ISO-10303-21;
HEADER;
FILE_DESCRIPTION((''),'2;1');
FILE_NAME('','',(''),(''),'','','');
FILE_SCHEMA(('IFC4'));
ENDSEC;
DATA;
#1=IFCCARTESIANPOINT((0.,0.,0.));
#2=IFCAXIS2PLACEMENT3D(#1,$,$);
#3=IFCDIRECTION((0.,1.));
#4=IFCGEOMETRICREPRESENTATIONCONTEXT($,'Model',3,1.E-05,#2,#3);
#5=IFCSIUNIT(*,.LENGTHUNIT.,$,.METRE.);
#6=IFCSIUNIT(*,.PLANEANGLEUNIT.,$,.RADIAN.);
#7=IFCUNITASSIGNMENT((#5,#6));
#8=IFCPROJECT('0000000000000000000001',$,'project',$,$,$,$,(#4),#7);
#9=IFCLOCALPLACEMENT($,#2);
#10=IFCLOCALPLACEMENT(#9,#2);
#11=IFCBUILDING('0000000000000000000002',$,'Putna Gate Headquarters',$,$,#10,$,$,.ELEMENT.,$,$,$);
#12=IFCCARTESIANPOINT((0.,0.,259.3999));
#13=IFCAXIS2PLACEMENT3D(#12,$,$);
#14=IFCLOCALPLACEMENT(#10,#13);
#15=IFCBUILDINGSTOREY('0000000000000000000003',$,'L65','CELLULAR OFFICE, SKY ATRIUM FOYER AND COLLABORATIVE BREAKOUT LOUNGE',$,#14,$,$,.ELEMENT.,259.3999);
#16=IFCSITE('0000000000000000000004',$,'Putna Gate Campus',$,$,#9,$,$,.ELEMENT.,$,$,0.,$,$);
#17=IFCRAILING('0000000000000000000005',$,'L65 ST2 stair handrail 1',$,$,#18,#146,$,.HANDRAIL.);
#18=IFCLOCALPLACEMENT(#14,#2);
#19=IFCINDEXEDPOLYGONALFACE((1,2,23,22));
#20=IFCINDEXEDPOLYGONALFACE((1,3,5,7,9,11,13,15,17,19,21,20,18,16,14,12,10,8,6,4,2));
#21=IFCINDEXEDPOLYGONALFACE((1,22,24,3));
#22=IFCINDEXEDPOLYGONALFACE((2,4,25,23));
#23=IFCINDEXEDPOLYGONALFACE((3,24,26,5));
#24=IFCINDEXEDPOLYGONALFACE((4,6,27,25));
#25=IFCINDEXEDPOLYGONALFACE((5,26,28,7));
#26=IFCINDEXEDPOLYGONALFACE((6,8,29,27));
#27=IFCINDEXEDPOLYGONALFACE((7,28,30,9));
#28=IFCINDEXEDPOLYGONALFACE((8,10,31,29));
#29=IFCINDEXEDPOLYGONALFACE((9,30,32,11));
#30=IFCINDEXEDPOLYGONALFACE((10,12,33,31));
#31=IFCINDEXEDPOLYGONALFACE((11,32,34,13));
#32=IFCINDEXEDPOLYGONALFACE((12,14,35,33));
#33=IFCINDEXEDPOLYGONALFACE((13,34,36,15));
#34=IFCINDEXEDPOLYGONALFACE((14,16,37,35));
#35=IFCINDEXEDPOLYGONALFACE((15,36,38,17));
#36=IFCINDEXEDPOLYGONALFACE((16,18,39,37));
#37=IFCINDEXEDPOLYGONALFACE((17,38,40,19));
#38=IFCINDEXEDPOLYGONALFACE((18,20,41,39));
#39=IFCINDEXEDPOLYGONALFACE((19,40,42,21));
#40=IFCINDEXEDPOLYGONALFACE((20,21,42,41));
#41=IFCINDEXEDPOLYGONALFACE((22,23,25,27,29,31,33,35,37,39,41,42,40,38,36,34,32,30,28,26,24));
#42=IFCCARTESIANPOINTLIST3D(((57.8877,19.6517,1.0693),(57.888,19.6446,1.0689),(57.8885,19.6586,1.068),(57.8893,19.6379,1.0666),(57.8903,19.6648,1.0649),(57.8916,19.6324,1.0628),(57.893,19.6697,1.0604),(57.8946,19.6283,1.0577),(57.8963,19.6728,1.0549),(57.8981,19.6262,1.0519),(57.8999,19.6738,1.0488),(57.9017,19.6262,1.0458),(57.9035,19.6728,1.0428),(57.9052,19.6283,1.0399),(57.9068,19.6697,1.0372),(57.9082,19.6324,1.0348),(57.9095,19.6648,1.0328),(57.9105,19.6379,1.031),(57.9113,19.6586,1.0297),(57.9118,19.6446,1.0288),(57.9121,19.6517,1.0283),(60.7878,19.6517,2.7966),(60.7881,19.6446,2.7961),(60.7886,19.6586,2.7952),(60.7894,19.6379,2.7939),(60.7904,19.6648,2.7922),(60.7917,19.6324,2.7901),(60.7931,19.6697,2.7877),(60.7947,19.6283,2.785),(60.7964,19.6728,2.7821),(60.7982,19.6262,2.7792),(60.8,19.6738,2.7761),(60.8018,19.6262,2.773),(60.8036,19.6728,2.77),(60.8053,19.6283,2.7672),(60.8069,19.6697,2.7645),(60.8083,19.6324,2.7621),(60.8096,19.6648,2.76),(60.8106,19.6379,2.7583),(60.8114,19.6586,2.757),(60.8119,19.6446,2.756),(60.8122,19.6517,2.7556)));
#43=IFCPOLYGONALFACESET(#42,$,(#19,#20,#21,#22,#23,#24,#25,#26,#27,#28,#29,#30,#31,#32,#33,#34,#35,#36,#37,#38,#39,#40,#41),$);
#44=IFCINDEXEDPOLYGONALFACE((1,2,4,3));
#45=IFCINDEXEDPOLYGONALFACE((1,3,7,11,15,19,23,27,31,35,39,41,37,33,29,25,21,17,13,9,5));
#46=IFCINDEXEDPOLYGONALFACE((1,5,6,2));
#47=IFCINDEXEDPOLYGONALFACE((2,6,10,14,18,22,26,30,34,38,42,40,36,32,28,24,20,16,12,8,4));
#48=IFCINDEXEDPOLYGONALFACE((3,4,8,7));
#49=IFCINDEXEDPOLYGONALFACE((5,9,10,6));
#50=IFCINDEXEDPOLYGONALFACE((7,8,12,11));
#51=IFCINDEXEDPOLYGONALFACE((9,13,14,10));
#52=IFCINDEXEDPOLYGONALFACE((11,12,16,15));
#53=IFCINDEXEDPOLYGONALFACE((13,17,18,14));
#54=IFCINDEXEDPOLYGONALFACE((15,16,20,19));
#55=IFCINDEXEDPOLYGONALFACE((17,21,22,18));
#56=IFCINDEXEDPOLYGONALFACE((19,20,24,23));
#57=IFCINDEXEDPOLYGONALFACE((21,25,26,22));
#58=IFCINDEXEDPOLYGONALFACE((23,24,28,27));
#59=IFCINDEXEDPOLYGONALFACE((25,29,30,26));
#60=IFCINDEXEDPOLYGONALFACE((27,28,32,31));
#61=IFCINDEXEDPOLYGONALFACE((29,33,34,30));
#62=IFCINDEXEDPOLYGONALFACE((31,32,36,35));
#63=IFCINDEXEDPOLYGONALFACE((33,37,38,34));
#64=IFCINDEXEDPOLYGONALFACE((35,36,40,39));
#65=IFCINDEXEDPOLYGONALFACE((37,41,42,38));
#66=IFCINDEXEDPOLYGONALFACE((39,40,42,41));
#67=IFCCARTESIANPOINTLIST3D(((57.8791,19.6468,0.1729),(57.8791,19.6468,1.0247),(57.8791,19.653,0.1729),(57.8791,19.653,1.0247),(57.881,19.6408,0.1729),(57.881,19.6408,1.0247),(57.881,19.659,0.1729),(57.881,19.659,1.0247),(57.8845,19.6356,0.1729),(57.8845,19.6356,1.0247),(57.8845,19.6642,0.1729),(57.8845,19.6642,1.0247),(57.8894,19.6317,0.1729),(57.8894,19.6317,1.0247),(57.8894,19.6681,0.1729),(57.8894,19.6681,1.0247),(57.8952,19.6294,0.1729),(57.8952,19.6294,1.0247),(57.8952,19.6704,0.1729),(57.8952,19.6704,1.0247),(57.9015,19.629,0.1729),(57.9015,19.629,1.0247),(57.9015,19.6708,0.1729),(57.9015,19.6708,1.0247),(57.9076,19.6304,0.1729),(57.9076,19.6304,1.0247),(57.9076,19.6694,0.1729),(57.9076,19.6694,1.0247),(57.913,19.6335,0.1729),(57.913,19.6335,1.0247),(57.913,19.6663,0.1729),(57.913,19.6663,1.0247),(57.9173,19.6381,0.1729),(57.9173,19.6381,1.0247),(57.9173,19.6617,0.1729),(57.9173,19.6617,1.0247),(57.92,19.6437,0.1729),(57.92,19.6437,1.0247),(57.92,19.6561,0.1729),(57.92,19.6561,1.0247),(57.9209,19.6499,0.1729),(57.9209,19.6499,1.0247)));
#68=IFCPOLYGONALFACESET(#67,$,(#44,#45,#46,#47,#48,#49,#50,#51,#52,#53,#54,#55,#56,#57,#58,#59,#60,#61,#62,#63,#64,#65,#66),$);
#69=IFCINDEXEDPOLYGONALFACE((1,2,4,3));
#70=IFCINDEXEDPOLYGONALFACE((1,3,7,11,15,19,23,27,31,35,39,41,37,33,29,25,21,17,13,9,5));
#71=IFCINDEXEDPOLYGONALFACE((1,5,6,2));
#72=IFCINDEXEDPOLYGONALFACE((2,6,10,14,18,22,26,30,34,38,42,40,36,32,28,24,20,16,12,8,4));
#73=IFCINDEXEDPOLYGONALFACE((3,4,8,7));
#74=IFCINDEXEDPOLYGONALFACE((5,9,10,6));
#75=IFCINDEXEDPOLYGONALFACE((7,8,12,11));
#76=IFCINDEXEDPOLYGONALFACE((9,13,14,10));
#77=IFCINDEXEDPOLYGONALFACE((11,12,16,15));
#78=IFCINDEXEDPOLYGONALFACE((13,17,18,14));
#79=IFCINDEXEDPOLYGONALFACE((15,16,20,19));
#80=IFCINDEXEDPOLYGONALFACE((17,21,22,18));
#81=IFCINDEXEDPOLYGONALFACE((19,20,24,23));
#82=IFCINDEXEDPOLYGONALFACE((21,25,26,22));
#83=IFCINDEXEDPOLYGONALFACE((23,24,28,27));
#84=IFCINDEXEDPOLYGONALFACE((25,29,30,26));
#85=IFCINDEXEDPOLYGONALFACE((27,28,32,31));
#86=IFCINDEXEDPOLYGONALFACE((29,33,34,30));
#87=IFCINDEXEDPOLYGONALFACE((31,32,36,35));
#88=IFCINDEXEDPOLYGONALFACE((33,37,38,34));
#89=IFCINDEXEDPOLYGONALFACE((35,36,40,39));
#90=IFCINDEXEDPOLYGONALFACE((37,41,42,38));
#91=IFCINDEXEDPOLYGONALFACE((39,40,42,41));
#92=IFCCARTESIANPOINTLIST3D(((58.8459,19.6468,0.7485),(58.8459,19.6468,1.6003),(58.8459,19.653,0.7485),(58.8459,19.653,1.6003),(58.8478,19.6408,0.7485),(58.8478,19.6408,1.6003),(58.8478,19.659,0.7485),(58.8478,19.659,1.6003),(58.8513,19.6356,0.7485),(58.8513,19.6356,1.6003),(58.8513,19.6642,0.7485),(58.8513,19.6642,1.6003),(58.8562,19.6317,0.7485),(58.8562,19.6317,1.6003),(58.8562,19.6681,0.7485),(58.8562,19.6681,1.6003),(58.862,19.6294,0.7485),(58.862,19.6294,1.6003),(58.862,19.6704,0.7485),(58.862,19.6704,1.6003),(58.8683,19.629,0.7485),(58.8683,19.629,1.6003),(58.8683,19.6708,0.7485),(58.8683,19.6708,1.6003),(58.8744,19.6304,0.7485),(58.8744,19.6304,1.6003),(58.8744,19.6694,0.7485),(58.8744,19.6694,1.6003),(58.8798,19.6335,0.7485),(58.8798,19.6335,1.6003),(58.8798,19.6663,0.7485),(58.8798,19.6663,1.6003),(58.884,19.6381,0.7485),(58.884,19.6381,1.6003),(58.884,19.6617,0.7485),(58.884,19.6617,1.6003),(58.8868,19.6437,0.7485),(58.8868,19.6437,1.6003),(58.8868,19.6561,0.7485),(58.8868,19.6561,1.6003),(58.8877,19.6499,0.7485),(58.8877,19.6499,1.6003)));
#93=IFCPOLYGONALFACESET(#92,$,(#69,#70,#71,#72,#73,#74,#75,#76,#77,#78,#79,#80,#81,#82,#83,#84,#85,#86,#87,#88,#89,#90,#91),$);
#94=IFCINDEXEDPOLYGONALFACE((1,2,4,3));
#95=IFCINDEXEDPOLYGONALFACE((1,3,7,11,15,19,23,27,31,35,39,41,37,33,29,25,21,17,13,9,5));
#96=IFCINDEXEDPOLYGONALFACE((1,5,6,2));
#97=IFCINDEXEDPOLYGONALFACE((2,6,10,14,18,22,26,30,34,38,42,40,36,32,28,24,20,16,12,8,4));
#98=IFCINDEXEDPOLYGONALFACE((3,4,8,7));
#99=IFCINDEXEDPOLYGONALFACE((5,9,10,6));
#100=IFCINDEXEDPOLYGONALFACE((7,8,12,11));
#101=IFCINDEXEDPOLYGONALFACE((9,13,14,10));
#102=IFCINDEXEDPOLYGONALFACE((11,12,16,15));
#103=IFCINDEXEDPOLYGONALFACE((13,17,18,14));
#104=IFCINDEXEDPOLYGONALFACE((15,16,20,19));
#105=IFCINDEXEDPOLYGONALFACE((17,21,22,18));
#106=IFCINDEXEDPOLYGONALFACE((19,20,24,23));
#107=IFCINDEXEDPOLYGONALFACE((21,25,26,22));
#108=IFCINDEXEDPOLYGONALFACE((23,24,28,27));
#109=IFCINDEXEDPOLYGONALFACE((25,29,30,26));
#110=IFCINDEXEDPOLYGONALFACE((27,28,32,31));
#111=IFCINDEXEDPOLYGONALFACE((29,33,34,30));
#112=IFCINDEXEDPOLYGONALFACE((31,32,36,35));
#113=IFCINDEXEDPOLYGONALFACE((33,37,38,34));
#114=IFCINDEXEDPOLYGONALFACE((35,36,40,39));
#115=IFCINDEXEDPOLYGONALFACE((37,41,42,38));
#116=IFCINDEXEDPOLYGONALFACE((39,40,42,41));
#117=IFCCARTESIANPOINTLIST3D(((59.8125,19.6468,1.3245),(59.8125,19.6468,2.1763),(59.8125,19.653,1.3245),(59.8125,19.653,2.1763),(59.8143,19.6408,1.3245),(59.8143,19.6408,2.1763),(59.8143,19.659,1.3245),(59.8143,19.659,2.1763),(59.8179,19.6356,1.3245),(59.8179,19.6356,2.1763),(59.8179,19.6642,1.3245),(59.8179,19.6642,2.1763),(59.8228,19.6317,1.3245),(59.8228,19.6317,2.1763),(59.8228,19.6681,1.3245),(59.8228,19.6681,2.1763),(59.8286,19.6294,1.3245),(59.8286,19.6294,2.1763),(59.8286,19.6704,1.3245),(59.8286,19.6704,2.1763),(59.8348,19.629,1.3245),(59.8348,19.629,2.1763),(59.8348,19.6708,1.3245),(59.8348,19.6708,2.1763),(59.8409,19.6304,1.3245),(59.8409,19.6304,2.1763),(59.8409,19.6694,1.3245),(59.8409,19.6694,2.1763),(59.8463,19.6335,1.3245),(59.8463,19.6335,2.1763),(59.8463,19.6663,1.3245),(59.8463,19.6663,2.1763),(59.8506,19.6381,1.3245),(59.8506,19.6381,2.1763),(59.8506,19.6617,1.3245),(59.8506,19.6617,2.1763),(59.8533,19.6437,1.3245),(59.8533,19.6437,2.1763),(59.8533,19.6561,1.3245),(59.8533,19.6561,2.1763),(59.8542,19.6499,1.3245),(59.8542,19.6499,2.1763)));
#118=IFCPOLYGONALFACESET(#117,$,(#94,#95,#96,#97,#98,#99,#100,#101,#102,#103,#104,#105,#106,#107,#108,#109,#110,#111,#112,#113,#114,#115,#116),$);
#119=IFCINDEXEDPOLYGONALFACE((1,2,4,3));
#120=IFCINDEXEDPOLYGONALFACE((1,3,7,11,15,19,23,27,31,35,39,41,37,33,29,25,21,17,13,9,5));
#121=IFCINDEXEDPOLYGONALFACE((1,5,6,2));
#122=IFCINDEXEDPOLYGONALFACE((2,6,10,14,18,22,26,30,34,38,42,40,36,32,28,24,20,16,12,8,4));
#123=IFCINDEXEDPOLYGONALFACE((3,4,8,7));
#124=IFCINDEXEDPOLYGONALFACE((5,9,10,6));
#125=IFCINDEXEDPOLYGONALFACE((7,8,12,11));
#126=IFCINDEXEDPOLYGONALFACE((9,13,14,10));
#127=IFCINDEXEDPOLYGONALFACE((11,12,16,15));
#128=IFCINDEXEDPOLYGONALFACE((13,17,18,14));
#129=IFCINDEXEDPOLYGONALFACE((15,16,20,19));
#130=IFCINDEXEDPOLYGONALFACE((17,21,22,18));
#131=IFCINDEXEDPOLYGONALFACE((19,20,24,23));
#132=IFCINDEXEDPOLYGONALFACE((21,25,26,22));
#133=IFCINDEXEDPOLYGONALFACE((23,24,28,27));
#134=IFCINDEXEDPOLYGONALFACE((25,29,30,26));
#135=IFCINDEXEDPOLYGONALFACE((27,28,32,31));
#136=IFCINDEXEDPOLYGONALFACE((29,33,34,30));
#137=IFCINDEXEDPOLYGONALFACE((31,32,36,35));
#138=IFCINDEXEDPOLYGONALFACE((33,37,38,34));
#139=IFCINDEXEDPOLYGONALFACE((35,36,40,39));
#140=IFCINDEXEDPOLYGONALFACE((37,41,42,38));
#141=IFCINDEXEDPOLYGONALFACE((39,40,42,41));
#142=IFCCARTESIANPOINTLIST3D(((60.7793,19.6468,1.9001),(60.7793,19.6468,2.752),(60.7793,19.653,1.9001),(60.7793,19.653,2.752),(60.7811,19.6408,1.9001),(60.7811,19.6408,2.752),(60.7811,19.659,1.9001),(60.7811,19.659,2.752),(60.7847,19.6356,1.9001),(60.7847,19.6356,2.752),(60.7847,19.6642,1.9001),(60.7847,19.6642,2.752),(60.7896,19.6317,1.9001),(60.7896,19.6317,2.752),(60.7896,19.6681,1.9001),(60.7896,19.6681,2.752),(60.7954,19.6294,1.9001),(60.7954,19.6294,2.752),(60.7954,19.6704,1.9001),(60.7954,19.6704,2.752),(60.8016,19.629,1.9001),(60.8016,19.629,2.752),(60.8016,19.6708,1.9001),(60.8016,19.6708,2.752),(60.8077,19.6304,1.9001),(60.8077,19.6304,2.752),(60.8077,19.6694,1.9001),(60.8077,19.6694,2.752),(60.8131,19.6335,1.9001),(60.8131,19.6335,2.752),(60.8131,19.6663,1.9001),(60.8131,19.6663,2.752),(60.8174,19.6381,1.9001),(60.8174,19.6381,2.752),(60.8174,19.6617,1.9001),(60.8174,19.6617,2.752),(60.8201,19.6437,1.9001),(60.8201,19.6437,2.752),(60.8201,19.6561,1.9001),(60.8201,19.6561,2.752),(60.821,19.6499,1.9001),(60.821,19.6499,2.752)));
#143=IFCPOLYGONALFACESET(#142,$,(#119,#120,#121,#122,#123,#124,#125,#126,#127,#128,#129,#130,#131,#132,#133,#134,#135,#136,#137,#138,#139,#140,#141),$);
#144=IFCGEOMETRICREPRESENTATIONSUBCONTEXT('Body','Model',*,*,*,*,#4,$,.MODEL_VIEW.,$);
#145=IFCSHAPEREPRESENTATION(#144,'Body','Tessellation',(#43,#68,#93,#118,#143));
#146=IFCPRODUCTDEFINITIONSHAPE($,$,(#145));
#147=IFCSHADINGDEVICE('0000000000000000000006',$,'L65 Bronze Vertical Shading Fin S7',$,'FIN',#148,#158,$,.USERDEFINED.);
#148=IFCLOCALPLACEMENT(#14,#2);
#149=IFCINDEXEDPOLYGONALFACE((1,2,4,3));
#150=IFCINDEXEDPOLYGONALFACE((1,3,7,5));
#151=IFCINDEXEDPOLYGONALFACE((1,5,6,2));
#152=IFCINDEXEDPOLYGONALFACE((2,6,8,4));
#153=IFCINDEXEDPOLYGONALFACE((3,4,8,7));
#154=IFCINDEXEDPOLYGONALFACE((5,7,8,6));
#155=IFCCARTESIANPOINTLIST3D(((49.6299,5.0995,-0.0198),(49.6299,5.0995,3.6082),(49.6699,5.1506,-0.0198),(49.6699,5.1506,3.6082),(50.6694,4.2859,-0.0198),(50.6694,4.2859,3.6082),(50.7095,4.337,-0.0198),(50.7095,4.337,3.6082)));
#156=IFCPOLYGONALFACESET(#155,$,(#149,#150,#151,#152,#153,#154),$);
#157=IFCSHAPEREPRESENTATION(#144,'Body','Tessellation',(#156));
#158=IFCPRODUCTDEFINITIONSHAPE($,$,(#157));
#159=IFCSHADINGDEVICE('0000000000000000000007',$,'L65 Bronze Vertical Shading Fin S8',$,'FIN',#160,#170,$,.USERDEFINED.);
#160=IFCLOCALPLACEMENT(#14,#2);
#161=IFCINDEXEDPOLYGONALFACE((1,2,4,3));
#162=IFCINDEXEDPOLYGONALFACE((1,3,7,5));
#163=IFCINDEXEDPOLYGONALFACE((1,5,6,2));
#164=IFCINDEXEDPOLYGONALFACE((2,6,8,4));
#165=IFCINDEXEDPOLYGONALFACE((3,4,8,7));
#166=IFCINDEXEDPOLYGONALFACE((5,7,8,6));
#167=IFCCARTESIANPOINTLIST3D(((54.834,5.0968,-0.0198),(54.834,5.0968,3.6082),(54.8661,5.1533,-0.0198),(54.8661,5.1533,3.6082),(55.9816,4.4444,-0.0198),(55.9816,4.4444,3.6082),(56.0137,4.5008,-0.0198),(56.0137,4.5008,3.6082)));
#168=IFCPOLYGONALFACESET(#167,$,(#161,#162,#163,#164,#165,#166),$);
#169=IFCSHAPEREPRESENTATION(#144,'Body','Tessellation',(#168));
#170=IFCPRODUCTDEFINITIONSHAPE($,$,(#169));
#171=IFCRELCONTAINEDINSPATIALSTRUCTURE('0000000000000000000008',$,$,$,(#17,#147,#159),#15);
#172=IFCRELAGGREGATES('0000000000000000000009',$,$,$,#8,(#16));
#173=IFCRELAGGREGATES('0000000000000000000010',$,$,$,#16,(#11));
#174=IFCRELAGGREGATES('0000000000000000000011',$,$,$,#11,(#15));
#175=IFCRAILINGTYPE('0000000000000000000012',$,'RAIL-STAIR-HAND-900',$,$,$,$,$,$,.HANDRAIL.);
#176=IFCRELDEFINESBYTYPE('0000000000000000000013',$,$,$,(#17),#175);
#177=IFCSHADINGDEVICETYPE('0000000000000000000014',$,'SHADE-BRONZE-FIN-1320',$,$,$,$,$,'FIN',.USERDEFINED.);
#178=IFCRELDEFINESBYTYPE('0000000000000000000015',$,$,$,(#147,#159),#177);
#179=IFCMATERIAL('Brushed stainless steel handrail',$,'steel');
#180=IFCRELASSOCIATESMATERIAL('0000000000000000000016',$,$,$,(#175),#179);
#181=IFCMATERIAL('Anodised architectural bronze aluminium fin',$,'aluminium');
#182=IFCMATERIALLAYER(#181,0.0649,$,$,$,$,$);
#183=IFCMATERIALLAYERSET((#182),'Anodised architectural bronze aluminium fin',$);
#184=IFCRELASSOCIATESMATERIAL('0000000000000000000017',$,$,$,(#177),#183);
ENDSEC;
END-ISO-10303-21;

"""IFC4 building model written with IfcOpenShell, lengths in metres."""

from ifc_helpers import new_model, si_unit, direction, frame, origin, origin_2d, place, context, subcontext, project, spatial, rectangle, circle, extrude, material, layer, layer_set, type_object, element, save


model = new_model("IFC4")

# Units and contexts
model_context = context("Model", 3, precision=1e-05, world=origin(), true_north=direction((0.0, 1.0)))
body_context = subcontext(model_context, "Body", "Model", "MODEL_VIEW")
ifc_project = project(units=[si_unit("LENGTHUNIT", "METRE"), si_unit("PLANEANGLEUNIT", "RADIAN")], contexts=[model_context])

# Site, building, storey
site_placement = place(None, origin())
site = spatial("IfcSite", under=ifc_project, at=site_placement, Name="Putna Gate Campus", CompositionType="ELEMENT", RefElevation=0.0)
building_placement = place(site_placement, origin())
building = spatial("IfcBuilding", under=site, at=building_placement, Name="Putna Gate Headquarters", CompositionType="ELEMENT")
storey_placement = place(building_placement, frame((0.0, 0.0, 259.3999)))
storey = spatial("IfcBuildingStorey", under=building, at=storey_placement, Name="L65", Description="CELLULAR OFFICE, SKY ATRIUM FOYER AND COLLABORATIVE BREAKOUT LOUNGE", CompositionType="ELEMENT", Elevation=259.3999)

# Railing
ifc_material_1 = material(Name="Brushed stainless steel handrail", Category="steel")
railing_type_1 = type_object("IfcRailingType", Name="RAIL-STAIR-HAND-900", PredefinedType="HANDRAIL", material=ifc_material_1)
railing_1_placement = place(storey_placement, frame((57.8999, 19.6499, 0.1729)))
element("IfcRailing", 1, at=railing_1_placement, inside=storey, type_object=railing_type_1, Name="L65 ST2 stair handrail 1", PredefinedType="HANDRAIL", context=body_context, shape_type="SweptSolid", body=[
    extrude(circle(Radius=0.0239, at=origin_2d()), frame((0.0, 0.0, 0.876), z_axis=(0.85916, 0.0, 0.511706), x_axis=(0.0, 1.0, 0.0)), (0.0, 0.0, 1.0), 3.3755),
    extrude(circle(Radius=0.021, at=origin_2d()), origin(), (0.0, 0.0, 1.0), 0.8518),
    extrude(circle(Radius=0.021, at=origin_2d()), frame((0.9668, 0.0, 0.5757)), (0.0, 0.0, 1.0), 0.8518),
    extrude(circle(Radius=0.021, at=origin_2d()), frame((1.9333, 0.0, 1.1516)), (0.0, 0.0, 1.0), 0.8518),
    extrude(circle(Radius=0.021, at=origin_2d()), frame((2.9001, 0.0, 1.7273)), (0.0, 0.0, 1.0), 0.8518),
])

# Shading devices
ifc_material_2 = material(Name="Anodised architectural bronze aluminium fin", Category="aluminium")
ifc_layer_1 = layer(ifc_material_2, 0.0649)
ifc_layer_set_1 = layer_set([ifc_layer_1], Name="Anodised architectural bronze aluminium fin")
shading_device_type = type_object("IfcShadingDeviceType", Name="SHADE-BRONZE-FIN-1320", ElementType="FIN", PredefinedType="USERDEFINED", material=ifc_layer_set_1)
for number, where, z_axis, x_axis, name in (
    (2, (50.1697, 4.7183, -0.0198), (0.0, 0.0, 1.0), (0.787473, -0.616349, 0.0), "L65 Bronze Vertical Shading Fin S7"),
    (3, (55.4238, 4.7988, -0.0198), (0.0, 0.0, 1.0), (0.869322, -0.494245, 0.0), "L65 Bronze Vertical Shading Fin S8"),
):
    element("IfcShadingDevice", number, at=place(storey_placement, frame(where, z_axis=z_axis, x_axis=x_axis)), inside=storey, type_object=shading_device_type, Name=name, ObjectType="FIN", PredefinedType="USERDEFINED", context=body_context, shape_type="SweptSolid", body=[
        extrude(rectangle(XDim=1.3201, YDim=0.0649, at=origin_2d()), origin(), (0.0, 0.0, 1.0), 3.6279),
    ])

save(model, "model.ifc")
